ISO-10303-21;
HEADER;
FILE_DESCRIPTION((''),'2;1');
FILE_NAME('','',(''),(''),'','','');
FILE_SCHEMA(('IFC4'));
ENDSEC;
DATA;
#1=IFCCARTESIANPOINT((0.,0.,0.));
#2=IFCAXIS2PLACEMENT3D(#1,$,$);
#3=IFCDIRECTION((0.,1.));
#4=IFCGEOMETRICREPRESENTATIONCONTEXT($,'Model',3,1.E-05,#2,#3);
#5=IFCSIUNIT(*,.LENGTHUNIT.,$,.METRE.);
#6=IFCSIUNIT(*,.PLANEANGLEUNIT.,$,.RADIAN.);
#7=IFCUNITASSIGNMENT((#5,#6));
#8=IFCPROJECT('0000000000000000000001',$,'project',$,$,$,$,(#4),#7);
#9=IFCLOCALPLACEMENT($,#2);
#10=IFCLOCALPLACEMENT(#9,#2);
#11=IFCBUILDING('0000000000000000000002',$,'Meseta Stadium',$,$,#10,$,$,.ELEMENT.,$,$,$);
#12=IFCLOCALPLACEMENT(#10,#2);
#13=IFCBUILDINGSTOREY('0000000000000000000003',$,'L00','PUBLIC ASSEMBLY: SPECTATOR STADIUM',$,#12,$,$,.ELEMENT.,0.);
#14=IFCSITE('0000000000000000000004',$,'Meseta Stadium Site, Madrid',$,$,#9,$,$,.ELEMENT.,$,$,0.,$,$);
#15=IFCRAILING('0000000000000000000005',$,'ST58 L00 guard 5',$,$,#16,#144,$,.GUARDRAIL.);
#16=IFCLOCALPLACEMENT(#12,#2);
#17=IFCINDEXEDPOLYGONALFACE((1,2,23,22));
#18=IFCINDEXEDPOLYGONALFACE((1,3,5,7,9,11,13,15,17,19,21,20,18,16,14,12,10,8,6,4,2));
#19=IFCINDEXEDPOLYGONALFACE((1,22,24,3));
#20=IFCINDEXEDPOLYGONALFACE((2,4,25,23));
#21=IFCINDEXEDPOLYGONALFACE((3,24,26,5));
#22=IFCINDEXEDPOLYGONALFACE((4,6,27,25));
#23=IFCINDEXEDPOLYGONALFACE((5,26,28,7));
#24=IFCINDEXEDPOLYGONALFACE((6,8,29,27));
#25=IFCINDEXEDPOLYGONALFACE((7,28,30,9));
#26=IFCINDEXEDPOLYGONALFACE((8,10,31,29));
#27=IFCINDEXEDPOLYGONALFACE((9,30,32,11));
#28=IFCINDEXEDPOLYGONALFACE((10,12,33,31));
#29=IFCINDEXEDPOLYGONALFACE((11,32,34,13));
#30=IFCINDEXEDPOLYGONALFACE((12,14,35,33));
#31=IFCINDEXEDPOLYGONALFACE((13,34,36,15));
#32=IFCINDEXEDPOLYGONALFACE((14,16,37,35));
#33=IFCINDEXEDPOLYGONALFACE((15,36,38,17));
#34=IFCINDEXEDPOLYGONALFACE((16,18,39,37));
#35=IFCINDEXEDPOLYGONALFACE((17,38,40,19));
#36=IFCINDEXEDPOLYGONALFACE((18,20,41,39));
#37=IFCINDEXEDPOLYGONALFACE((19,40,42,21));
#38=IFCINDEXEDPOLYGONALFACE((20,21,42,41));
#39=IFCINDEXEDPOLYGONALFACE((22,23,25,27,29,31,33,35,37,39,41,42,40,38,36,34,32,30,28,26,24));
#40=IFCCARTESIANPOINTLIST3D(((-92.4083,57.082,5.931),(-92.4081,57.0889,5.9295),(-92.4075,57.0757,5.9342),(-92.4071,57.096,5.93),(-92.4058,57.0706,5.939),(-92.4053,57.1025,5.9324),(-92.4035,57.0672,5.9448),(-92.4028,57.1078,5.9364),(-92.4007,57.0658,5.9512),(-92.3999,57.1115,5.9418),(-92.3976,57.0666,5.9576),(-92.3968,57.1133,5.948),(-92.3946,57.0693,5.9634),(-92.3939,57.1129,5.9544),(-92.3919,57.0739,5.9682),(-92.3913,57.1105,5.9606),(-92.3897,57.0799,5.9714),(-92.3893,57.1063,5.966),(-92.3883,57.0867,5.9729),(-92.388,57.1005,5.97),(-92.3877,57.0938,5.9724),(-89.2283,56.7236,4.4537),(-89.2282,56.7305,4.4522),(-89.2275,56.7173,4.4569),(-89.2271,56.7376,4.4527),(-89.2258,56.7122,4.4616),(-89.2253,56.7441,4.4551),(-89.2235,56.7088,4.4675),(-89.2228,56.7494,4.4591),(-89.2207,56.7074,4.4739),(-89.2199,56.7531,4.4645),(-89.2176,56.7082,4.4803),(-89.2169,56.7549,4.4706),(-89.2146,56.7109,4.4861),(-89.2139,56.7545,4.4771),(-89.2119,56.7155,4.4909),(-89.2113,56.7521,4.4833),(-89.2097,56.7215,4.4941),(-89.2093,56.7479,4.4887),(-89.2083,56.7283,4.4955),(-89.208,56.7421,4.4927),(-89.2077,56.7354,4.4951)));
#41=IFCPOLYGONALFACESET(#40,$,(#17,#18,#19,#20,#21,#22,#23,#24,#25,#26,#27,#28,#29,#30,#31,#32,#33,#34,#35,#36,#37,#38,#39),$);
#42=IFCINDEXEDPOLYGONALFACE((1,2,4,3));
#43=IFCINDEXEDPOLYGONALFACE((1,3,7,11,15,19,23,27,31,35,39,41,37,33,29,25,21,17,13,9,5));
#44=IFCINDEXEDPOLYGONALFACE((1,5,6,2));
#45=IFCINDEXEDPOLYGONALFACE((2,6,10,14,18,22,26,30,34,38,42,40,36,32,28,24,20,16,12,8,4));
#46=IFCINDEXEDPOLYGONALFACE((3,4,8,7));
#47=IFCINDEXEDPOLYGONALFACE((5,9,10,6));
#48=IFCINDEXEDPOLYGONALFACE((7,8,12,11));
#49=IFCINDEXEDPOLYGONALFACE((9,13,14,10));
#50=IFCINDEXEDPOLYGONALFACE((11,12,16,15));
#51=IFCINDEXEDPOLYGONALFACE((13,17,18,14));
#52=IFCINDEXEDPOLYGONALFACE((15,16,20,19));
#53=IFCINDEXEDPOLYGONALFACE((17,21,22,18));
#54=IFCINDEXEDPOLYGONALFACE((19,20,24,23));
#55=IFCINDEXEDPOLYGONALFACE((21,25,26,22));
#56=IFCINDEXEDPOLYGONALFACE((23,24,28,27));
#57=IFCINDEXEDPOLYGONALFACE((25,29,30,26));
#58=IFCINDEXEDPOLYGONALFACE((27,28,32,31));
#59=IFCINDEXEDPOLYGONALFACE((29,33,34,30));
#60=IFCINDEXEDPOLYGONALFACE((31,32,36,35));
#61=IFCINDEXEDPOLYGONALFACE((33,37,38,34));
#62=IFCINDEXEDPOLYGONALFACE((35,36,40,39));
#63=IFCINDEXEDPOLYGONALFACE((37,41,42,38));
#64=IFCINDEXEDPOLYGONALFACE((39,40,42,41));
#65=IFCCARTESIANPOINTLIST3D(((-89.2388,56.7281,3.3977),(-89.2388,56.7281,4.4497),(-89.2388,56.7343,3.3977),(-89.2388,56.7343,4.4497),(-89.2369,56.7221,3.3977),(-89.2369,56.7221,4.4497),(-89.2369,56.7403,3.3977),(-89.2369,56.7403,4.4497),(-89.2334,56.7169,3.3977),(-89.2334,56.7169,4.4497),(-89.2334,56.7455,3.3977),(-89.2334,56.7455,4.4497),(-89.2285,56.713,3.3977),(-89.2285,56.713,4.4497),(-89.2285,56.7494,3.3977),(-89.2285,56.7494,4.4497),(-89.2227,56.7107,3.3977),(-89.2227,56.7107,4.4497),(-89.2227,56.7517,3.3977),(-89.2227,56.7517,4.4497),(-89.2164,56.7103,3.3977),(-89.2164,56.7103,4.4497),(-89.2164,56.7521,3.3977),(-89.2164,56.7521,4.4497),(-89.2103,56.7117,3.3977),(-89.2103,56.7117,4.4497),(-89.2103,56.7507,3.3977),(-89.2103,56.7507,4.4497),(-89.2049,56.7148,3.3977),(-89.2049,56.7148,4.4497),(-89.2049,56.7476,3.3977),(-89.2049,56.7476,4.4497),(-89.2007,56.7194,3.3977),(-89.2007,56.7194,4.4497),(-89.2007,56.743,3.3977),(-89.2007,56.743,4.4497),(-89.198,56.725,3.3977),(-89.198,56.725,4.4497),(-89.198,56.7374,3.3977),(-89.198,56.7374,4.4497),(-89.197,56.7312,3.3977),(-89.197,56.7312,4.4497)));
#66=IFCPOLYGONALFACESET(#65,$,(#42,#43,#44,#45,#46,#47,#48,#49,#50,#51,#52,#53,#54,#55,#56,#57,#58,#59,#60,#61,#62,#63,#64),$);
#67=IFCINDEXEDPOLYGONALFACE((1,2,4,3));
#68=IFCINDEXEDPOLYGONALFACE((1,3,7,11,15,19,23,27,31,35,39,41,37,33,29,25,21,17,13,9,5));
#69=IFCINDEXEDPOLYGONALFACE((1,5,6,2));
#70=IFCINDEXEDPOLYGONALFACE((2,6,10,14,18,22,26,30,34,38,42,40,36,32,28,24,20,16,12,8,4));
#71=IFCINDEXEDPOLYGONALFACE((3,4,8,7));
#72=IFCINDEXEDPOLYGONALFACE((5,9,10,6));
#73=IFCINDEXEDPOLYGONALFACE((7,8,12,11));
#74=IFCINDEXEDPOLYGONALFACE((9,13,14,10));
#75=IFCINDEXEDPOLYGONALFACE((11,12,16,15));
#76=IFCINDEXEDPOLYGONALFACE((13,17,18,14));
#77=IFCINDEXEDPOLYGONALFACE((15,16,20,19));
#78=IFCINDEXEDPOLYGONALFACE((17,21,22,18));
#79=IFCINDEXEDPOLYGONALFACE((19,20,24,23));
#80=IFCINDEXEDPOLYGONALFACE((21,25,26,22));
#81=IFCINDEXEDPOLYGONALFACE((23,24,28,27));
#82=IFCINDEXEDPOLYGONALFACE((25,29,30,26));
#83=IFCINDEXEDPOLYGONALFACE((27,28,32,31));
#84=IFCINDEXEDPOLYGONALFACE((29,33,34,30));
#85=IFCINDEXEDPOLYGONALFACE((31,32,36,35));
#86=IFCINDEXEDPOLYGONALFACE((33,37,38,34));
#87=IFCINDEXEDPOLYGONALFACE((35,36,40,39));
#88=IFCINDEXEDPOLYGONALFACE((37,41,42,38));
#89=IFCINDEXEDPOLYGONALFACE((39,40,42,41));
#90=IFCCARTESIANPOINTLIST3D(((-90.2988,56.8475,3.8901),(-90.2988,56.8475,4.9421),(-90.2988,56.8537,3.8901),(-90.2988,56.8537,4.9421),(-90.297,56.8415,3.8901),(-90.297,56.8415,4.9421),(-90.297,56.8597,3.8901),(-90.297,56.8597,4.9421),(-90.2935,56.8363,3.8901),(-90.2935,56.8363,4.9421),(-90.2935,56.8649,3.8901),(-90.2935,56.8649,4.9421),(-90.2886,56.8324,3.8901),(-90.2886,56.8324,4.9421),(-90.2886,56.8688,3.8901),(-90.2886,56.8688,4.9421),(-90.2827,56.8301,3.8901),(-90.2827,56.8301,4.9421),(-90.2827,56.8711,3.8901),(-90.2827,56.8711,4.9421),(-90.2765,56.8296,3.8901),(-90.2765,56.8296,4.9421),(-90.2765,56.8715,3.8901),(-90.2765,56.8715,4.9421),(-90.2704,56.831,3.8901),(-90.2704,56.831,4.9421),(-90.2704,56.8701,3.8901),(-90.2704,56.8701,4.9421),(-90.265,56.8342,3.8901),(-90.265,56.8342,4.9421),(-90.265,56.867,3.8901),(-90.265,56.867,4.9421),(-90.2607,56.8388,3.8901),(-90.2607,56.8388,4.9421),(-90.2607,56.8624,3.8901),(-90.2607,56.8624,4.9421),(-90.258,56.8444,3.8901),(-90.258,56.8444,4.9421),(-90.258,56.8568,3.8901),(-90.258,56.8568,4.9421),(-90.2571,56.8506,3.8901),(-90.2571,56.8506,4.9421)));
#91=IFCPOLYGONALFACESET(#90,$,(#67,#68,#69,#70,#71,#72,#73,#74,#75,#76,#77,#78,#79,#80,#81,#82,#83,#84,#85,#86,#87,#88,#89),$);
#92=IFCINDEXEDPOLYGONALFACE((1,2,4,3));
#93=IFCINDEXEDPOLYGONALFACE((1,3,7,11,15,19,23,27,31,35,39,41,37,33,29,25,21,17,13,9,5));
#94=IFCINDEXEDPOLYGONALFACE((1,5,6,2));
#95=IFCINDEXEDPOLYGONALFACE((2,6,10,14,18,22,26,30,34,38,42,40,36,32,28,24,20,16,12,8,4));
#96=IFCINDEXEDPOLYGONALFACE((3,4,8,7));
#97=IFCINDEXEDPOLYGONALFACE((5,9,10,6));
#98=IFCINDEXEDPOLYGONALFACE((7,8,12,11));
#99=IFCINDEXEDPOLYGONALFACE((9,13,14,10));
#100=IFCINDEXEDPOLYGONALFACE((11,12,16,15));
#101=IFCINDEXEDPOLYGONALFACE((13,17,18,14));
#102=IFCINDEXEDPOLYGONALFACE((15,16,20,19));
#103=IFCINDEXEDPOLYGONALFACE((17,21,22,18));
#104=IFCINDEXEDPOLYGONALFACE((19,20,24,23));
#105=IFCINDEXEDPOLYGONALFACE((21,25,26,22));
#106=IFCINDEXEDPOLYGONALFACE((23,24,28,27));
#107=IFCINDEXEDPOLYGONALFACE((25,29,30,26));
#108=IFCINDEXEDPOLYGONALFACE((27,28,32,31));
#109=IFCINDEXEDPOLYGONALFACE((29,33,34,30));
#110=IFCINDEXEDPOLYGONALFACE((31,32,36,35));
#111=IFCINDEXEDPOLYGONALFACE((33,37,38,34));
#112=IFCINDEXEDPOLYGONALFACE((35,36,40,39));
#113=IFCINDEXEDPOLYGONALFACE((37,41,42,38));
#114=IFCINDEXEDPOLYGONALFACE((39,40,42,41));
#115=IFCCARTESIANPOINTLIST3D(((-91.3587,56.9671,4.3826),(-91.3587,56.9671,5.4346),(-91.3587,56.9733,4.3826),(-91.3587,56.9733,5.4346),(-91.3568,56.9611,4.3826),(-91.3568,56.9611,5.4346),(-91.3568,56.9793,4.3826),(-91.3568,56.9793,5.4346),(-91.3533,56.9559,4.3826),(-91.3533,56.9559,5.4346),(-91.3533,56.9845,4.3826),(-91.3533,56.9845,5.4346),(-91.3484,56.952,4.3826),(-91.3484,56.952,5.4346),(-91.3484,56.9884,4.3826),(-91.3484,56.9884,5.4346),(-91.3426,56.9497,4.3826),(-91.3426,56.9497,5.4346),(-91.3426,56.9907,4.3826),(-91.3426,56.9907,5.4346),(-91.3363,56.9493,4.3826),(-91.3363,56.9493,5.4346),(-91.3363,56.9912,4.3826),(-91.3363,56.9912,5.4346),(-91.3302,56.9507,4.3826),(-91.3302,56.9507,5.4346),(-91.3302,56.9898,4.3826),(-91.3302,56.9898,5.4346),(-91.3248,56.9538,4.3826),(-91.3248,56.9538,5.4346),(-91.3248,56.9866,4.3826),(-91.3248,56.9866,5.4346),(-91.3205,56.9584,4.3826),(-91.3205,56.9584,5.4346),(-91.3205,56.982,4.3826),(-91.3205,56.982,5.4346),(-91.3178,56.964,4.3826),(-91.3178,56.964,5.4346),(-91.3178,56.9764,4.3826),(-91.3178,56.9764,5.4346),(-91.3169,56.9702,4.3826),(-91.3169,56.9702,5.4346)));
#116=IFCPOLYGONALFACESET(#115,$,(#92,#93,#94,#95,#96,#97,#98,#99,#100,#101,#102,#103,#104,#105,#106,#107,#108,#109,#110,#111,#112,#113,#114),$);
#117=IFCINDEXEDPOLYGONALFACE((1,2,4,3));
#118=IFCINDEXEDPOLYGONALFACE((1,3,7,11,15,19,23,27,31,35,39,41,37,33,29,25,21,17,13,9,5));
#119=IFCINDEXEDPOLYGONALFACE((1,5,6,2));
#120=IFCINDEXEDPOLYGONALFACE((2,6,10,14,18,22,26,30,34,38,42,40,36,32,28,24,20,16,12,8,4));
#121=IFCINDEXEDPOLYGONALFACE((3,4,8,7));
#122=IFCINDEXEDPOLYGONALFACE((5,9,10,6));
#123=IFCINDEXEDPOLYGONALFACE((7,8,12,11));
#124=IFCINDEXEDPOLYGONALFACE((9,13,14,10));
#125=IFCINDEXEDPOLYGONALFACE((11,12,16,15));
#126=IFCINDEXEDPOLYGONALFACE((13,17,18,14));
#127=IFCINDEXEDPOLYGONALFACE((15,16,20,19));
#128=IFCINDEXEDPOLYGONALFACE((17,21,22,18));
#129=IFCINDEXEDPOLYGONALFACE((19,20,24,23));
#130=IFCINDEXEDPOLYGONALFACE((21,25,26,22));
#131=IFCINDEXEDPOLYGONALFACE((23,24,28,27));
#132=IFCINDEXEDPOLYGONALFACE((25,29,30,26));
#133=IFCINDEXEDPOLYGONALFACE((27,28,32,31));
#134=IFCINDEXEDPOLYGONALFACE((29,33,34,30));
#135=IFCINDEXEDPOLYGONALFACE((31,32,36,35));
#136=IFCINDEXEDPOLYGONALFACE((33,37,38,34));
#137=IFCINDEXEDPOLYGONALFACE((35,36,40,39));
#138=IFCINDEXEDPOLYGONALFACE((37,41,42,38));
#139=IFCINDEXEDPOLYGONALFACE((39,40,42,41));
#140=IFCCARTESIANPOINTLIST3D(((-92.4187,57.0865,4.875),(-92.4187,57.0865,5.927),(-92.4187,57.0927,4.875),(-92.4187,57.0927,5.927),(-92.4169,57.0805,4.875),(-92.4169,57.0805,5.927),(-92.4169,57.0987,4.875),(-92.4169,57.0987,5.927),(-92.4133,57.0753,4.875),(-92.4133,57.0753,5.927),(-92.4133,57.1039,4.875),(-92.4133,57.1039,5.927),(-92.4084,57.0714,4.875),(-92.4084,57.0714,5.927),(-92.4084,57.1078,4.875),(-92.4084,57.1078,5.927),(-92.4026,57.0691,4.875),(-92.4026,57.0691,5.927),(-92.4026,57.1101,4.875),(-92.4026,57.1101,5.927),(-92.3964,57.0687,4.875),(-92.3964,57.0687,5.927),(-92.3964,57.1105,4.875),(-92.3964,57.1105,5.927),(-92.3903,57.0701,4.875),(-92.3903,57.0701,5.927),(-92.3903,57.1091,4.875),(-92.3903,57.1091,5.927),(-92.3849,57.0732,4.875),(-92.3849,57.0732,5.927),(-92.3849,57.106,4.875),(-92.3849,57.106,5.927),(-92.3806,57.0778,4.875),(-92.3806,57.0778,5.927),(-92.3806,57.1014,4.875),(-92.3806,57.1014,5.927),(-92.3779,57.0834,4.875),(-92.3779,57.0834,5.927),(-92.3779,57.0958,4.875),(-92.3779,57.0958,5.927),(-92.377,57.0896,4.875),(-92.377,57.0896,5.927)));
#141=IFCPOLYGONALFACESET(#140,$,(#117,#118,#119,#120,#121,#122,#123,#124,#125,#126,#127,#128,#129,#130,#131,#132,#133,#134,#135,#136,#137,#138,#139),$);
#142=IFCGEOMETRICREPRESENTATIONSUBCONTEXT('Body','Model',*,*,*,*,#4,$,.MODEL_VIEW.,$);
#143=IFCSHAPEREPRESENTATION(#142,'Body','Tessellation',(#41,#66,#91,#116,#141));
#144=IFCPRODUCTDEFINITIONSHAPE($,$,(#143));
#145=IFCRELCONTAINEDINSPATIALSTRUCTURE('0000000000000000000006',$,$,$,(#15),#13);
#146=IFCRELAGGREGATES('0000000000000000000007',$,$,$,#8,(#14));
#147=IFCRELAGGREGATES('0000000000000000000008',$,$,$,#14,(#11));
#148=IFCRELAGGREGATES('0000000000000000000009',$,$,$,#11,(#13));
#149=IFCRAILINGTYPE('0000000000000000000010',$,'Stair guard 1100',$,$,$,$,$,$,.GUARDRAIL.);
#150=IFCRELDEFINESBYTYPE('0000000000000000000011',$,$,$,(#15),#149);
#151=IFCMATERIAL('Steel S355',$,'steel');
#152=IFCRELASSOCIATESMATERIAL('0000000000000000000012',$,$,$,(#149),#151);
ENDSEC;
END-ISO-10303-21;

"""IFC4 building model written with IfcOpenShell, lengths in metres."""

from ifc_helpers import new_model, si_unit, direction, frame, origin, origin_2d, place, context, subcontext, project, spatial, circle, extrude, material, type_object, element, save


model = new_model("IFC4")

# Units and contexts
model_context = context("Model", 3, precision=1e-05, world=origin(), true_north=direction((0.0, 1.0)))
body_context = subcontext(model_context, "Body", "Model", "MODEL_VIEW")
ifc_project = project(units=[si_unit("LENGTHUNIT", "METRE"), si_unit("PLANEANGLEUNIT", "RADIAN")], contexts=[model_context])

# Site, building, storey
site_placement = place(None, origin())
site = spatial("IfcSite", under=ifc_project, at=site_placement, Name="Meseta Stadium Site, Madrid", CompositionType="ELEMENT", RefElevation=0.0)
building_placement = place(site_placement, origin())
building = spatial("IfcBuilding", under=site, at=building_placement, Name="Meseta Stadium", CompositionType="ELEMENT")
storey_placement = place(building_placement, origin())
storey = spatial("IfcBuildingStorey", under=building, at=storey_placement, Name="L00", Description="PUBLIC ASSEMBLY: SPECTATOR STADIUM", CompositionType="ELEMENT", Elevation=0.0)

# Railing
ifc_material_1 = material(Name="Steel S355", Category="steel")
railing_type_1 = type_object("IfcRailingType", Name="Stair guard 1100", PredefinedType="GUARDRAIL", material=ifc_material_1)
railing_1_placement = place(storey_placement, frame((-89.218, 56.7312, 3.3977)))
element("IfcRailing", 1, at=railing_1_placement, inside=storey, type_object=railing_type_1, Name="ST58 L00 guard 5", PredefinedType="GUARDRAIL", context=body_context, shape_type="SweptSolid", body=[
    extrude(circle(Radius=0.0239, at=origin_2d()), frame((0.0, 0.0, 1.0762), z_axis=(-0.90221, 0.101685, 0.419138), x_axis=(-0.111997, -0.993709, 0.0)), (0.0, 0.0, 1.0), 3.5247),
    extrude(circle(Radius=0.021, at=origin_2d()), origin(), (0.0, 0.0, 1.0), 1.052),
    extrude(circle(Radius=0.021, at=origin_2d()), frame((-1.0601, 0.1194, 0.4924)), (0.0, 0.0, 1.0), 1.052),
    extrude(circle(Radius=0.021, at=origin_2d()), frame((-2.1199, 0.239, 0.9849)), (0.0, 0.0, 1.0), 1.052),
    extrude(circle(Radius=0.021, at=origin_2d()), frame((-3.1799, 0.3584, 1.4773)), (0.0, 0.0, 1.0), 1.052),
])

save(model, "model.ifc")
